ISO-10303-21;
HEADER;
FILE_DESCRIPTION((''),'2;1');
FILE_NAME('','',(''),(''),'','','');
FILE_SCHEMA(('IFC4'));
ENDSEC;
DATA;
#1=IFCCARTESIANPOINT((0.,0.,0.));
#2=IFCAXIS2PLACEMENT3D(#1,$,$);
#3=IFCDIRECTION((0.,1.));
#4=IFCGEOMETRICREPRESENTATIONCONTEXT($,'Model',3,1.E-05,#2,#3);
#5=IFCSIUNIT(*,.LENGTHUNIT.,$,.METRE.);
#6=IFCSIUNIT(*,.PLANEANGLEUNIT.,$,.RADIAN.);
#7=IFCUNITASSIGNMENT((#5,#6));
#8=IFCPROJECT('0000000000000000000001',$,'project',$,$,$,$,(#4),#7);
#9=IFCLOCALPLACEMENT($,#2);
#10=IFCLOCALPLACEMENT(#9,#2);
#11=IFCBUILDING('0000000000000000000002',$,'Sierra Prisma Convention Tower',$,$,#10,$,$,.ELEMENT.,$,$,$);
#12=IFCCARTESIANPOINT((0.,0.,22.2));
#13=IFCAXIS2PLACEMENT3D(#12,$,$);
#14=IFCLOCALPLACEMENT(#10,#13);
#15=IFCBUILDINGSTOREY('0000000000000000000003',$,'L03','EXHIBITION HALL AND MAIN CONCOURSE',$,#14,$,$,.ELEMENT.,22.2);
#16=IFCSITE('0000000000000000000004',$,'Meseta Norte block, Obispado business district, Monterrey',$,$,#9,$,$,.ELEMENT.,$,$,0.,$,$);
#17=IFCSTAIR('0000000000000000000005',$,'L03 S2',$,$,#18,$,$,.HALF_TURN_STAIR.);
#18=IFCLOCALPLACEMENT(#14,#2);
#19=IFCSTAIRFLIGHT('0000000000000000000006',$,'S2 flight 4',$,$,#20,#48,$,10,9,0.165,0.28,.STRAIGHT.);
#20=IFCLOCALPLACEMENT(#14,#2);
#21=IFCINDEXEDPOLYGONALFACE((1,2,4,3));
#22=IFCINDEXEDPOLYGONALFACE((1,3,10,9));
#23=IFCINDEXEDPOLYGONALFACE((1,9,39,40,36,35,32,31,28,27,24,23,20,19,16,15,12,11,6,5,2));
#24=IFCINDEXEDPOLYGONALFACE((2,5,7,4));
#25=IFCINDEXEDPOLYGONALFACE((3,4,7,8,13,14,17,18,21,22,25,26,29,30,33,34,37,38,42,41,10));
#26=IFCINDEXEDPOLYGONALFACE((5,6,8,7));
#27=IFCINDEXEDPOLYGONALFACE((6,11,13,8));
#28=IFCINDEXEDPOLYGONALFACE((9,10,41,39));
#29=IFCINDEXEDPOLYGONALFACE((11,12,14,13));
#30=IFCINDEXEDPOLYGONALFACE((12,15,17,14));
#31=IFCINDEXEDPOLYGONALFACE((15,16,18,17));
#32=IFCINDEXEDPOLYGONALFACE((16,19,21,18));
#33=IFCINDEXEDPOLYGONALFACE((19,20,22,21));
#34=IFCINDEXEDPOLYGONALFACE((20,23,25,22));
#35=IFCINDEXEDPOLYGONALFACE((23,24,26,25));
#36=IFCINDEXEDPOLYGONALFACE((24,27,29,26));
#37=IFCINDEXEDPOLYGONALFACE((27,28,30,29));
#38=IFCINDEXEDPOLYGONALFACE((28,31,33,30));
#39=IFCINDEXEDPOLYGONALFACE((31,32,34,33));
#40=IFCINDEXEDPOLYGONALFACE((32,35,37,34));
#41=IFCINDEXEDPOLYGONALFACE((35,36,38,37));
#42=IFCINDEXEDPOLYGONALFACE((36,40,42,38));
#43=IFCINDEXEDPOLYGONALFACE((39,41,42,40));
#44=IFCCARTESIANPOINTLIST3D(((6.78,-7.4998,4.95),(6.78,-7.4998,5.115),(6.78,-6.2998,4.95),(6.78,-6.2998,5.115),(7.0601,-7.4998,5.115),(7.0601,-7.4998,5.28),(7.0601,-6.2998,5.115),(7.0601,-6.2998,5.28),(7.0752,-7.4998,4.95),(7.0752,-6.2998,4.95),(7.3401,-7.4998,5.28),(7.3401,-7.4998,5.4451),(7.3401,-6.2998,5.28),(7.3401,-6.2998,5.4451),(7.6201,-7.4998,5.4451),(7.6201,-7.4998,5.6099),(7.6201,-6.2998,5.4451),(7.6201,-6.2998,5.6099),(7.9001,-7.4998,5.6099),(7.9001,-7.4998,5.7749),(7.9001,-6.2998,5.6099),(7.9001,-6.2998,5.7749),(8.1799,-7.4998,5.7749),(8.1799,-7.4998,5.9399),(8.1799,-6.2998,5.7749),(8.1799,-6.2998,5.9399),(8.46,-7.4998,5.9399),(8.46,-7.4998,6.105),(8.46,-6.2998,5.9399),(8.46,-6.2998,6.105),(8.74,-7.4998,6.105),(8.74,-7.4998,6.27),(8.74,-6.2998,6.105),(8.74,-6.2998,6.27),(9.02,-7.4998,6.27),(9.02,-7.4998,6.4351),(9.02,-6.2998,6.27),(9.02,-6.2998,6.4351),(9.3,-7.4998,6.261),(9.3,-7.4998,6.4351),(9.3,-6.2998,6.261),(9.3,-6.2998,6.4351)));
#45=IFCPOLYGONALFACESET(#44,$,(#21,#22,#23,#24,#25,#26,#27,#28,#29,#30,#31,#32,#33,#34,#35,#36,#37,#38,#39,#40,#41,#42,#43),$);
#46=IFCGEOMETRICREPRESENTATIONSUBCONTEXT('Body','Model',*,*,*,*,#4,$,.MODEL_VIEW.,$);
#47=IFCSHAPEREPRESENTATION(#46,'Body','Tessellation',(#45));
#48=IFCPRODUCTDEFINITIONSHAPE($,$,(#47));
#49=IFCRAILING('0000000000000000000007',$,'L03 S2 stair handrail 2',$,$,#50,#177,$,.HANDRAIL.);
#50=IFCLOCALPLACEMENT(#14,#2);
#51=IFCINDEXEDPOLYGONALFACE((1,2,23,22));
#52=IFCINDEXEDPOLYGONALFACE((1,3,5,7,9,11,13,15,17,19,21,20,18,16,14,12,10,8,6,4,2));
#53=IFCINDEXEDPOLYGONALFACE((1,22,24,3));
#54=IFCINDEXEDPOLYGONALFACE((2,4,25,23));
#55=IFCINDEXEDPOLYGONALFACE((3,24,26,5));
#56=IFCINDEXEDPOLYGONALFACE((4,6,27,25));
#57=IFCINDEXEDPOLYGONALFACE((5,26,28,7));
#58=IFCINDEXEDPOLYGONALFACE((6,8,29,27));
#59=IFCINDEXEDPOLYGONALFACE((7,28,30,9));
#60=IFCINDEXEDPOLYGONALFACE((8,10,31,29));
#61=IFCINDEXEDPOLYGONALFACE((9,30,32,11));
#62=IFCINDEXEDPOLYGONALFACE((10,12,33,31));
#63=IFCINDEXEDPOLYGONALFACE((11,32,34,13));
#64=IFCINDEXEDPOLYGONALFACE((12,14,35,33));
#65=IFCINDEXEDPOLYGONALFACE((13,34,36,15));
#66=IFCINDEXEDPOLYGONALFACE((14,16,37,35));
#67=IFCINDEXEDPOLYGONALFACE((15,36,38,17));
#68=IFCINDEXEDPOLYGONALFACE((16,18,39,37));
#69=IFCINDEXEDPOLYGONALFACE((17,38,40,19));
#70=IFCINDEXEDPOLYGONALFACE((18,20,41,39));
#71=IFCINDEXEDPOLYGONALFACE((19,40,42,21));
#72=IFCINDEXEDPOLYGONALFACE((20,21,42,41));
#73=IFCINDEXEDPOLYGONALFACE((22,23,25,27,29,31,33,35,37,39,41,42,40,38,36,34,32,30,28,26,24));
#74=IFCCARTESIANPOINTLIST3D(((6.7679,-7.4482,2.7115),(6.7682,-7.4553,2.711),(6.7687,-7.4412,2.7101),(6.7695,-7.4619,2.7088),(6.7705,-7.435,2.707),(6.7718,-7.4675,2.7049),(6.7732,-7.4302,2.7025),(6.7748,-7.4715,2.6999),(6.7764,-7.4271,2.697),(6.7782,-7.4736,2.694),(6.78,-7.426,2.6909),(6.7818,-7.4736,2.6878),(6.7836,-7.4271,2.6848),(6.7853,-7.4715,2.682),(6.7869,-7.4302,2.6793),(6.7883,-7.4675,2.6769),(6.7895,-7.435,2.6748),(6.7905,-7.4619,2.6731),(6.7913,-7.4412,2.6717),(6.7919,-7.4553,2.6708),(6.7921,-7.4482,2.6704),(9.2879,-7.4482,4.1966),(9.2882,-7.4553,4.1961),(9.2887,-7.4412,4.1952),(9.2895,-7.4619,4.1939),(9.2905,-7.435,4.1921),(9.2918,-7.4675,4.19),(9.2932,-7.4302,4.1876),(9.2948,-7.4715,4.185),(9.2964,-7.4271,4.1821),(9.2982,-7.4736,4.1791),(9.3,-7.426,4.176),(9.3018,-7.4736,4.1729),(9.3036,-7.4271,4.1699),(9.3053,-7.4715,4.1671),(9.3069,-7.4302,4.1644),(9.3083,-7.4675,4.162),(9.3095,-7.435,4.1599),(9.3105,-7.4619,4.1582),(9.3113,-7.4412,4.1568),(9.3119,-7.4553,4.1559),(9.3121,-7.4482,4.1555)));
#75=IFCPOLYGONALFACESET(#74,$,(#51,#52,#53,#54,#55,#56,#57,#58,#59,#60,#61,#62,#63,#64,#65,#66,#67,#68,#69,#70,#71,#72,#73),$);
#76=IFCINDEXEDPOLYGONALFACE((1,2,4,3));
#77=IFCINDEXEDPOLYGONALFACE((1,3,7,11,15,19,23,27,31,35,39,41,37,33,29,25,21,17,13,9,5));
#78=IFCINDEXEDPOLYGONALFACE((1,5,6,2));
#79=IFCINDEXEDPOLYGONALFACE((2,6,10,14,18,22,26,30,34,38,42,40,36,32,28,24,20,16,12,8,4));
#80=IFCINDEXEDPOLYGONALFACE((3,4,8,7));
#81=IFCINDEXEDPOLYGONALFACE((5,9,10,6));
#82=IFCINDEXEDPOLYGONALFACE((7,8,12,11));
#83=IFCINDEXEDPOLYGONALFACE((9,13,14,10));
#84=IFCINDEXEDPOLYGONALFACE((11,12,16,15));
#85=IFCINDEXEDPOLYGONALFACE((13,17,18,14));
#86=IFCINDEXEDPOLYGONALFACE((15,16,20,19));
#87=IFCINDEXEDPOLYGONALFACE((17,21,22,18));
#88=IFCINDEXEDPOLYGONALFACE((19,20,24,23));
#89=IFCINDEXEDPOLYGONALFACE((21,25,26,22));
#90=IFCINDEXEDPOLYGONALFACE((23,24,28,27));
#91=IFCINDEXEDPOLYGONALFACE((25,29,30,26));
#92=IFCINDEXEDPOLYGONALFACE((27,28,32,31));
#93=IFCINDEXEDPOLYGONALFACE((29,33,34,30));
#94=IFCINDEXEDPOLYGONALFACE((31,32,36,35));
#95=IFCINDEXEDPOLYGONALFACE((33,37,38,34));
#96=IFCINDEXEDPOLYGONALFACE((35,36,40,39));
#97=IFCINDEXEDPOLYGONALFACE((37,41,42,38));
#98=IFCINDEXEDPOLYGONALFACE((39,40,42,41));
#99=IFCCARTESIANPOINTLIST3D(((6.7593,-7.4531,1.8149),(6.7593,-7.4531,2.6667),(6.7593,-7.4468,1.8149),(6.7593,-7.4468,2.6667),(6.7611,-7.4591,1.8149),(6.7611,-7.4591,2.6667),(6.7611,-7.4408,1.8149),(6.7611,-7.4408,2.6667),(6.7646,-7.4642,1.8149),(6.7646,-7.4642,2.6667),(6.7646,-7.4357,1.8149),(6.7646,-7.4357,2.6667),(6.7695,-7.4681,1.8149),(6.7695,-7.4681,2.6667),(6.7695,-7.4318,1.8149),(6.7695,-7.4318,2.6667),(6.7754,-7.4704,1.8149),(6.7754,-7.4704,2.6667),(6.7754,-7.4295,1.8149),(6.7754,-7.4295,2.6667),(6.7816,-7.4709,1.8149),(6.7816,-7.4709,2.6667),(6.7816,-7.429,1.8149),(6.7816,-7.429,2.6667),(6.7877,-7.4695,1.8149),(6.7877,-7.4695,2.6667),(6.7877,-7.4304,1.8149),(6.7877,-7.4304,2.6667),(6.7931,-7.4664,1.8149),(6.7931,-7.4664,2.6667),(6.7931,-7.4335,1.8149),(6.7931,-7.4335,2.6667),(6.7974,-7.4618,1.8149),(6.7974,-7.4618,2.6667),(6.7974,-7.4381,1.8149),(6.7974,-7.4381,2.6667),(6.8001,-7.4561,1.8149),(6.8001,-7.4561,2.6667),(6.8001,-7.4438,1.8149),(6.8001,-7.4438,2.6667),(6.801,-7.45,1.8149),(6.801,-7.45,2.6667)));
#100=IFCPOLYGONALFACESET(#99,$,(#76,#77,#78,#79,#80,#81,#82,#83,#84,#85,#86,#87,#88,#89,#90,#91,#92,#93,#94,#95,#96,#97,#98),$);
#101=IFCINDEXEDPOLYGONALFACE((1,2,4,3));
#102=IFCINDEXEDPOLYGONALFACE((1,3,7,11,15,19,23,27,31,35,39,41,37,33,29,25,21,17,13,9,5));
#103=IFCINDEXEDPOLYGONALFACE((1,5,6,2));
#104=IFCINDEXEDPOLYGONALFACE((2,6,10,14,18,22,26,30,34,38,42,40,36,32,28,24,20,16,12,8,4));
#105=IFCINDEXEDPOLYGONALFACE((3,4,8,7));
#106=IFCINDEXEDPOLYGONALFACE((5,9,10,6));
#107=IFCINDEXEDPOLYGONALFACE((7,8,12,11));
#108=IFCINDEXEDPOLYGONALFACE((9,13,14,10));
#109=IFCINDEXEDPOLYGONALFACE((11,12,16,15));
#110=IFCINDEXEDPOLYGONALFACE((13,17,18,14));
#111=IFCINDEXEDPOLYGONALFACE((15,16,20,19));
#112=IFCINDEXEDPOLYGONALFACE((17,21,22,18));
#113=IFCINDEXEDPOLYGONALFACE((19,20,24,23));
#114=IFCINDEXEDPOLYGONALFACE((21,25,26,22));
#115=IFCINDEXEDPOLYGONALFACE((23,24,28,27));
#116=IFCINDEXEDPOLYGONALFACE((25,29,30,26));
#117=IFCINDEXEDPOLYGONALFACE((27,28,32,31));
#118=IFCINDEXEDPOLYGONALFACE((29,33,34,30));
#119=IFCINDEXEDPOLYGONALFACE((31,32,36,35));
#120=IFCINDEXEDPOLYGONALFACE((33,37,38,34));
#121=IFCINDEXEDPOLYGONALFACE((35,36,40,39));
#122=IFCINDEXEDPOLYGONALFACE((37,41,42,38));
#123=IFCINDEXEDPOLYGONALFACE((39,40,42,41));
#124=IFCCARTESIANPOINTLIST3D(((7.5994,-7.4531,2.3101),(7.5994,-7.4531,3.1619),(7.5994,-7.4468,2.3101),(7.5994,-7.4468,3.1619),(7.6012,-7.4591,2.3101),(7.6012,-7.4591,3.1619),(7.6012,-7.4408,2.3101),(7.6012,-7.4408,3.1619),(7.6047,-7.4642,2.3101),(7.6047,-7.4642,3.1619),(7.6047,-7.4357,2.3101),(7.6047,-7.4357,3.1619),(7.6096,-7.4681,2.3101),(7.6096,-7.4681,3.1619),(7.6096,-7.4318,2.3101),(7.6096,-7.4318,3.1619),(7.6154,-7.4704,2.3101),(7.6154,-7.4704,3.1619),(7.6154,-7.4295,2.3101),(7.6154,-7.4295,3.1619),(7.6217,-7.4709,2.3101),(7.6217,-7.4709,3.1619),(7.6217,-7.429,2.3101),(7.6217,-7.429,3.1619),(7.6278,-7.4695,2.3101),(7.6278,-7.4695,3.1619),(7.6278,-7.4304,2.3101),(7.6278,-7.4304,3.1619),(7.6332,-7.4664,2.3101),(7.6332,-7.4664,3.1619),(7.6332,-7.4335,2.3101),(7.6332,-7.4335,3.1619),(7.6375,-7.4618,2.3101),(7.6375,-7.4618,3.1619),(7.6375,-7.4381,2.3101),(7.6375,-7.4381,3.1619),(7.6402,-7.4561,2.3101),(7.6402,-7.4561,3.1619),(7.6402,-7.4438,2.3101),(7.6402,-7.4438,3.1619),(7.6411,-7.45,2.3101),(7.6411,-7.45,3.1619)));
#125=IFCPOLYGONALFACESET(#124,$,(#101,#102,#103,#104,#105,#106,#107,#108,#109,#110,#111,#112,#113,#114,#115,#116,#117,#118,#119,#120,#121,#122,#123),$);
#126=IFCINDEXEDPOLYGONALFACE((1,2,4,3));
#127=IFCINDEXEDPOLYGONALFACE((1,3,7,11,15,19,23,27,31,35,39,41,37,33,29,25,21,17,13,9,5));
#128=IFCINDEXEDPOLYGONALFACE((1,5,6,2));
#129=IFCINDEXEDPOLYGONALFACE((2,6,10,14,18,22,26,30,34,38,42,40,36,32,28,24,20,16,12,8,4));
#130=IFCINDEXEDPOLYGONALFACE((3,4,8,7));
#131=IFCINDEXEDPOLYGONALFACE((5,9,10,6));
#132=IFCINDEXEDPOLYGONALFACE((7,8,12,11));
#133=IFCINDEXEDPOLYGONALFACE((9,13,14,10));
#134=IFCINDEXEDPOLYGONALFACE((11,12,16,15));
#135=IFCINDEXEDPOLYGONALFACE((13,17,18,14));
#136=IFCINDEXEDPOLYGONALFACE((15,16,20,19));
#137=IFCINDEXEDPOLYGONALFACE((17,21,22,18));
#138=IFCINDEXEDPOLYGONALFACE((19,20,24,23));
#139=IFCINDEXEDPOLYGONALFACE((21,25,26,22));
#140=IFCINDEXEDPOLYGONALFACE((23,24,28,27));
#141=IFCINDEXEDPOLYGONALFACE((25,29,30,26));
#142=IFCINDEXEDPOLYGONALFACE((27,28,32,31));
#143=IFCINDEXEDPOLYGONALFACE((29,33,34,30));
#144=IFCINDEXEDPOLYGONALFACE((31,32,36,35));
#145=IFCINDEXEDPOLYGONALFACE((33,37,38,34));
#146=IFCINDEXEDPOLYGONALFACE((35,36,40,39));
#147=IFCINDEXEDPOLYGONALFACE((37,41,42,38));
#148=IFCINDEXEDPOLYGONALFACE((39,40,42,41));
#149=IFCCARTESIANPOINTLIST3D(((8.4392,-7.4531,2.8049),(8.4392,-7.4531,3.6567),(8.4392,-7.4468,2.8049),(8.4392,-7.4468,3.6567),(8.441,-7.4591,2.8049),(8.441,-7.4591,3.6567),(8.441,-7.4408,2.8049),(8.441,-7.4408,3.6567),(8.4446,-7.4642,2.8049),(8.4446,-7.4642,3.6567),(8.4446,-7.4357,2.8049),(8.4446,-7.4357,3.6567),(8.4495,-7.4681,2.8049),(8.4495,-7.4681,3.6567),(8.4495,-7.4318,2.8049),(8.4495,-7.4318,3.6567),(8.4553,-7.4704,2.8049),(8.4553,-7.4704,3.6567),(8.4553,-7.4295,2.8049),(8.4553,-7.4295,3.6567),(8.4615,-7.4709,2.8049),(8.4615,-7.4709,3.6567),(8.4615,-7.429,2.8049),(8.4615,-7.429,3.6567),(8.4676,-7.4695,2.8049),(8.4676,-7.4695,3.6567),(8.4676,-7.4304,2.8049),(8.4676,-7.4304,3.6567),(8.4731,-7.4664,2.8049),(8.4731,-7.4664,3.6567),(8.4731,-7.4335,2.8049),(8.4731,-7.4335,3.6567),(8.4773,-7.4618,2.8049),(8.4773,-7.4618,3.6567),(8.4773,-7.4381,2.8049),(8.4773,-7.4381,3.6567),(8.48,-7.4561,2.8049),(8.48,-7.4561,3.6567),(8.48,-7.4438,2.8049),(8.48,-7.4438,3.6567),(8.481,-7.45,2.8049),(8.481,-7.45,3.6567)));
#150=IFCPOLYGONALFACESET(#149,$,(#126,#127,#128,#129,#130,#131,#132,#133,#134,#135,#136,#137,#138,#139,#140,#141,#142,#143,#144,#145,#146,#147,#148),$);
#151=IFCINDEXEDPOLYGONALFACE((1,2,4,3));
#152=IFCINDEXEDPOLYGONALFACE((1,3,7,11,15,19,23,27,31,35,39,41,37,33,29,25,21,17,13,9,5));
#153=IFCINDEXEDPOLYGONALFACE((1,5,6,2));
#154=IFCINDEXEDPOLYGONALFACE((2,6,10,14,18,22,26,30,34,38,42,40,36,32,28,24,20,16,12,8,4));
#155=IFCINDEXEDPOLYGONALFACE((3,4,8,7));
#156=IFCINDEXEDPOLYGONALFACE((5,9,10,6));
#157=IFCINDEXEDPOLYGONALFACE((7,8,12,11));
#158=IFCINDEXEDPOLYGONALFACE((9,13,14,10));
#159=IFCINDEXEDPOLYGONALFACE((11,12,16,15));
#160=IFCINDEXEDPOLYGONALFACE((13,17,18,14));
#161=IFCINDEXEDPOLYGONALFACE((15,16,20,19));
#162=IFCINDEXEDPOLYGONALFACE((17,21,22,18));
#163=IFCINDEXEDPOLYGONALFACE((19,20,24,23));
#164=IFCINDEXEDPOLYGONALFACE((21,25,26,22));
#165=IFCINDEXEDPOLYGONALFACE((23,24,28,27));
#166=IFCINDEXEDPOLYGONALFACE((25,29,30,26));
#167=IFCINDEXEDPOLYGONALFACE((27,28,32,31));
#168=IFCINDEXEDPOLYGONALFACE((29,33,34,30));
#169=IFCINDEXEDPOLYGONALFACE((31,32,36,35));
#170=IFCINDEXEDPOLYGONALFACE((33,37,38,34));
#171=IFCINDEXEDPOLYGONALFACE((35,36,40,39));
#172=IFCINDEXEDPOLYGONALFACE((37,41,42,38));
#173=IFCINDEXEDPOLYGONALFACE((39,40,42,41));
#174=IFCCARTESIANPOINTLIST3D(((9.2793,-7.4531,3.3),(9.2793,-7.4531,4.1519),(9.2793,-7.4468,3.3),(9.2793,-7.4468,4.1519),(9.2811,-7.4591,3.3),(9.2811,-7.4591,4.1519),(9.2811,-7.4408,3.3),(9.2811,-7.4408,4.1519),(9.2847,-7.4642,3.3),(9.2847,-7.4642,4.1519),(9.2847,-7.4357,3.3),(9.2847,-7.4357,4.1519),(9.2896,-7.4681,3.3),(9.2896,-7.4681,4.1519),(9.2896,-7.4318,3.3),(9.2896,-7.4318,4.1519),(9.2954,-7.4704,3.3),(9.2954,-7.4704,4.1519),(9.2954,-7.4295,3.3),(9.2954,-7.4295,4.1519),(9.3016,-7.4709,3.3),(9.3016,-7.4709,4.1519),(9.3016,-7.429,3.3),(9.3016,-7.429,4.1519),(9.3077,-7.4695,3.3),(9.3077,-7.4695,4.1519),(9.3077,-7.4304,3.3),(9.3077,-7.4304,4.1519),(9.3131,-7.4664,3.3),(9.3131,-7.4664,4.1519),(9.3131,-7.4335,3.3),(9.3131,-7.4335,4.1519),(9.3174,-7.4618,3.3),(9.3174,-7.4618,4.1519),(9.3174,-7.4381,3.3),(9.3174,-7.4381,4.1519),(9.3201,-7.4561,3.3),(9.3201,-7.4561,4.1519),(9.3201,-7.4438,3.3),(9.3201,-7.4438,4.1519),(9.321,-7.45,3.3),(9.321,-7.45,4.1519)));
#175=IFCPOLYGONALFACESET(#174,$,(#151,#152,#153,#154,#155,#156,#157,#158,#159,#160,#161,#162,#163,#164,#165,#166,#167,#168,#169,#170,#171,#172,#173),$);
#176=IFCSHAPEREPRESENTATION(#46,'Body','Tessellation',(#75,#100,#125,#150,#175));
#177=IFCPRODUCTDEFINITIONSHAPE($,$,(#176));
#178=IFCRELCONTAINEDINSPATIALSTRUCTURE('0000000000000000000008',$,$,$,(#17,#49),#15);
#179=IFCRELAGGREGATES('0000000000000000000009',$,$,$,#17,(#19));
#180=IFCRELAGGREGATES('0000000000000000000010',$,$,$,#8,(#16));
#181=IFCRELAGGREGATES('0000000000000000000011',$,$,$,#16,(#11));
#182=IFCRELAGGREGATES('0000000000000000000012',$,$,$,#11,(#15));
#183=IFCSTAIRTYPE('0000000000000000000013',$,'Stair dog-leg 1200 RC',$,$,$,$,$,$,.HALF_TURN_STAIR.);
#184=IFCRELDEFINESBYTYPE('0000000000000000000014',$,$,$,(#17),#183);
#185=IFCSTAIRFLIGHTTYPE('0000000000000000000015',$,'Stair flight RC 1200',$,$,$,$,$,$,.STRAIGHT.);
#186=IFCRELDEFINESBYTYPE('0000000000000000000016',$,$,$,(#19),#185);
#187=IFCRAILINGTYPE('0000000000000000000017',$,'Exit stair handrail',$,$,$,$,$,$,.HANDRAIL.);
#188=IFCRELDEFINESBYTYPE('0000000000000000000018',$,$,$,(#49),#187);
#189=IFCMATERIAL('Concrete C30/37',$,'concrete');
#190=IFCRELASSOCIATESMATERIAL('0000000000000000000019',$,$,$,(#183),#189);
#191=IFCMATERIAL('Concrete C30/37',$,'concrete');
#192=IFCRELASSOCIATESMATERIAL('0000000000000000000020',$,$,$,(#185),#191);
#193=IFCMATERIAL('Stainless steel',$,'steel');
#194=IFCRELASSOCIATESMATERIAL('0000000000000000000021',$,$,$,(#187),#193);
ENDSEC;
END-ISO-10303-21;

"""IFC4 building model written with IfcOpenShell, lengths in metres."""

from ifc_helpers import new_model, si_unit, direction, frame, origin, origin_2d, place, context, subcontext, project, spatial, polyline, circle, outline, extrude, material, type_object, element, aggregate, save


model = new_model("IFC4")

# Units and contexts
model_context = context("Model", 3, precision=1e-05, world=origin(), true_north=direction((0.0, 1.0)))
body_context = subcontext(model_context, "Body", "Model", "MODEL_VIEW")
ifc_project = project(units=[si_unit("LENGTHUNIT", "METRE"), si_unit("PLANEANGLEUNIT", "RADIAN")], contexts=[model_context])

# Site, building, storey
site_placement = place(None, origin())
site = spatial("IfcSite", under=ifc_project, at=site_placement, Name="Meseta Norte block, Obispado business district, Monterrey", CompositionType="ELEMENT", RefElevation=0.0)
building_placement = place(site_placement, origin())
building = spatial("IfcBuilding", under=site, at=building_placement, Name="Sierra Prisma Convention Tower", CompositionType="ELEMENT")
storey_placement = place(building_placement, frame((0.0, 0.0, 22.2)))
storey = spatial("IfcBuildingStorey", under=building, at=storey_placement, Name="L03", Description="EXHIBITION HALL AND MAIN CONCOURSE", CompositionType="ELEMENT", Elevation=22.2)

# Stair, stair flight
ifc_material_1 = material(Name="Concrete C30/37", Category="concrete")
stair_type = type_object("IfcStairType", Name="Stair dog-leg 1200 RC", PredefinedType="HALF_TURN_STAIR", material=ifc_material_1)
stair_placement = place(storey_placement, origin())
stair = element("IfcStair", 1, at=stair_placement, inside=storey, type_object=stair_type, Name="L03 S2", PredefinedType="HALF_TURN_STAIR")
ifc_material_2 = material(Name="Concrete C30/37", Category="concrete")
stair_flight_type = type_object("IfcStairFlightType", Name="Stair flight RC 1200", PredefinedType="STRAIGHT", material=ifc_material_2)
stair_flight_1_placement = place(storey_placement, frame((6.78, -6.8999, 4.95), z_axis=(0.0, 0.0, 1.0), x_axis=(1.0, 0.0, 0.0)))
stair_flight_1 = element("IfcStairFlight", 2, at=stair_flight_1_placement, type_object=stair_flight_type, Name="S2 flight 4", NumberOfRisers=10, NumberOfTreads=9, PredefinedType="STRAIGHT", RiserHeight=0.165, TreadLength=0.28, context=body_context, shape_type="SweptSolid", body=[
    extrude(outline(polyline([(0.0, 0.0), (0.0, 0.165), (0.28, 0.165), (0.28, 0.3301), (0.5601, 0.3301), (0.5601, 0.4951), (0.8401, 0.4951), (0.8401, 0.6599), (1.1201, 0.6599), (1.1201, 0.825), (1.3999, 0.825), (1.3999, 0.99), (1.6799, 0.99), (1.6799, 1.155), (1.96, 1.155), (1.96, 1.3201), (2.24, 1.3201), (2.24, 1.4851), (2.52, 1.4851), (2.52, 1.6499), (2.52, 1.311), (0.2952, 0.0), (0.0, 0.0)])), frame((0.0, 0.6001, 0.0), z_axis=(0.0, -1.0, 0.0), x_axis=(1.0, 0.0, 0.0)), (0.0, 0.0, 1.0), 1.2),
])
aggregate(stair, [stair_flight_1])

# Railing
ifc_material_3 = material(Name="Stainless steel", Category="steel")
railing_type_1 = type_object("IfcRailingType", Name="Exit stair handrail", PredefinedType="HANDRAIL", material=ifc_material_3)
for number, where, name in (
    (3, (6.78, -7.45, 1.8149), "L03 S2 stair handrail 2"),
):
    element("IfcRailing", number, at=place(storey_placement, frame(where)), inside=storey, type_object=railing_type_1, Name=name, PredefinedType="HANDRAIL", context=body_context, shape_type="SweptSolid", body=[
        extrude(circle(Radius=0.0239, at=origin_2d()), frame((0.0, 0.0, 0.876), z_axis=(0.861524, 0.0, 0.507717), x_axis=(0.0, 1.0, 0.0)), (0.0, 0.0, 1.0), 2.925),
        extrude(circle(Radius=0.021, at=origin_2d()), origin(), (0.0, 0.0, 1.0), 0.8518),
        extrude(circle(Radius=0.021, at=origin_2d()), frame((0.8401, 0.0, 0.4951)), (0.0, 0.0, 1.0), 0.8518),
        extrude(circle(Radius=0.021, at=origin_2d()), frame((1.6799, 0.0, 0.99)), (0.0, 0.0, 1.0), 0.8518),
        extrude(circle(Radius=0.021, at=origin_2d()), frame((2.52, 0.0, 1.4851)), (0.0, 0.0, 1.0), 0.8518),
    ])

save(model, "model.ifc")
